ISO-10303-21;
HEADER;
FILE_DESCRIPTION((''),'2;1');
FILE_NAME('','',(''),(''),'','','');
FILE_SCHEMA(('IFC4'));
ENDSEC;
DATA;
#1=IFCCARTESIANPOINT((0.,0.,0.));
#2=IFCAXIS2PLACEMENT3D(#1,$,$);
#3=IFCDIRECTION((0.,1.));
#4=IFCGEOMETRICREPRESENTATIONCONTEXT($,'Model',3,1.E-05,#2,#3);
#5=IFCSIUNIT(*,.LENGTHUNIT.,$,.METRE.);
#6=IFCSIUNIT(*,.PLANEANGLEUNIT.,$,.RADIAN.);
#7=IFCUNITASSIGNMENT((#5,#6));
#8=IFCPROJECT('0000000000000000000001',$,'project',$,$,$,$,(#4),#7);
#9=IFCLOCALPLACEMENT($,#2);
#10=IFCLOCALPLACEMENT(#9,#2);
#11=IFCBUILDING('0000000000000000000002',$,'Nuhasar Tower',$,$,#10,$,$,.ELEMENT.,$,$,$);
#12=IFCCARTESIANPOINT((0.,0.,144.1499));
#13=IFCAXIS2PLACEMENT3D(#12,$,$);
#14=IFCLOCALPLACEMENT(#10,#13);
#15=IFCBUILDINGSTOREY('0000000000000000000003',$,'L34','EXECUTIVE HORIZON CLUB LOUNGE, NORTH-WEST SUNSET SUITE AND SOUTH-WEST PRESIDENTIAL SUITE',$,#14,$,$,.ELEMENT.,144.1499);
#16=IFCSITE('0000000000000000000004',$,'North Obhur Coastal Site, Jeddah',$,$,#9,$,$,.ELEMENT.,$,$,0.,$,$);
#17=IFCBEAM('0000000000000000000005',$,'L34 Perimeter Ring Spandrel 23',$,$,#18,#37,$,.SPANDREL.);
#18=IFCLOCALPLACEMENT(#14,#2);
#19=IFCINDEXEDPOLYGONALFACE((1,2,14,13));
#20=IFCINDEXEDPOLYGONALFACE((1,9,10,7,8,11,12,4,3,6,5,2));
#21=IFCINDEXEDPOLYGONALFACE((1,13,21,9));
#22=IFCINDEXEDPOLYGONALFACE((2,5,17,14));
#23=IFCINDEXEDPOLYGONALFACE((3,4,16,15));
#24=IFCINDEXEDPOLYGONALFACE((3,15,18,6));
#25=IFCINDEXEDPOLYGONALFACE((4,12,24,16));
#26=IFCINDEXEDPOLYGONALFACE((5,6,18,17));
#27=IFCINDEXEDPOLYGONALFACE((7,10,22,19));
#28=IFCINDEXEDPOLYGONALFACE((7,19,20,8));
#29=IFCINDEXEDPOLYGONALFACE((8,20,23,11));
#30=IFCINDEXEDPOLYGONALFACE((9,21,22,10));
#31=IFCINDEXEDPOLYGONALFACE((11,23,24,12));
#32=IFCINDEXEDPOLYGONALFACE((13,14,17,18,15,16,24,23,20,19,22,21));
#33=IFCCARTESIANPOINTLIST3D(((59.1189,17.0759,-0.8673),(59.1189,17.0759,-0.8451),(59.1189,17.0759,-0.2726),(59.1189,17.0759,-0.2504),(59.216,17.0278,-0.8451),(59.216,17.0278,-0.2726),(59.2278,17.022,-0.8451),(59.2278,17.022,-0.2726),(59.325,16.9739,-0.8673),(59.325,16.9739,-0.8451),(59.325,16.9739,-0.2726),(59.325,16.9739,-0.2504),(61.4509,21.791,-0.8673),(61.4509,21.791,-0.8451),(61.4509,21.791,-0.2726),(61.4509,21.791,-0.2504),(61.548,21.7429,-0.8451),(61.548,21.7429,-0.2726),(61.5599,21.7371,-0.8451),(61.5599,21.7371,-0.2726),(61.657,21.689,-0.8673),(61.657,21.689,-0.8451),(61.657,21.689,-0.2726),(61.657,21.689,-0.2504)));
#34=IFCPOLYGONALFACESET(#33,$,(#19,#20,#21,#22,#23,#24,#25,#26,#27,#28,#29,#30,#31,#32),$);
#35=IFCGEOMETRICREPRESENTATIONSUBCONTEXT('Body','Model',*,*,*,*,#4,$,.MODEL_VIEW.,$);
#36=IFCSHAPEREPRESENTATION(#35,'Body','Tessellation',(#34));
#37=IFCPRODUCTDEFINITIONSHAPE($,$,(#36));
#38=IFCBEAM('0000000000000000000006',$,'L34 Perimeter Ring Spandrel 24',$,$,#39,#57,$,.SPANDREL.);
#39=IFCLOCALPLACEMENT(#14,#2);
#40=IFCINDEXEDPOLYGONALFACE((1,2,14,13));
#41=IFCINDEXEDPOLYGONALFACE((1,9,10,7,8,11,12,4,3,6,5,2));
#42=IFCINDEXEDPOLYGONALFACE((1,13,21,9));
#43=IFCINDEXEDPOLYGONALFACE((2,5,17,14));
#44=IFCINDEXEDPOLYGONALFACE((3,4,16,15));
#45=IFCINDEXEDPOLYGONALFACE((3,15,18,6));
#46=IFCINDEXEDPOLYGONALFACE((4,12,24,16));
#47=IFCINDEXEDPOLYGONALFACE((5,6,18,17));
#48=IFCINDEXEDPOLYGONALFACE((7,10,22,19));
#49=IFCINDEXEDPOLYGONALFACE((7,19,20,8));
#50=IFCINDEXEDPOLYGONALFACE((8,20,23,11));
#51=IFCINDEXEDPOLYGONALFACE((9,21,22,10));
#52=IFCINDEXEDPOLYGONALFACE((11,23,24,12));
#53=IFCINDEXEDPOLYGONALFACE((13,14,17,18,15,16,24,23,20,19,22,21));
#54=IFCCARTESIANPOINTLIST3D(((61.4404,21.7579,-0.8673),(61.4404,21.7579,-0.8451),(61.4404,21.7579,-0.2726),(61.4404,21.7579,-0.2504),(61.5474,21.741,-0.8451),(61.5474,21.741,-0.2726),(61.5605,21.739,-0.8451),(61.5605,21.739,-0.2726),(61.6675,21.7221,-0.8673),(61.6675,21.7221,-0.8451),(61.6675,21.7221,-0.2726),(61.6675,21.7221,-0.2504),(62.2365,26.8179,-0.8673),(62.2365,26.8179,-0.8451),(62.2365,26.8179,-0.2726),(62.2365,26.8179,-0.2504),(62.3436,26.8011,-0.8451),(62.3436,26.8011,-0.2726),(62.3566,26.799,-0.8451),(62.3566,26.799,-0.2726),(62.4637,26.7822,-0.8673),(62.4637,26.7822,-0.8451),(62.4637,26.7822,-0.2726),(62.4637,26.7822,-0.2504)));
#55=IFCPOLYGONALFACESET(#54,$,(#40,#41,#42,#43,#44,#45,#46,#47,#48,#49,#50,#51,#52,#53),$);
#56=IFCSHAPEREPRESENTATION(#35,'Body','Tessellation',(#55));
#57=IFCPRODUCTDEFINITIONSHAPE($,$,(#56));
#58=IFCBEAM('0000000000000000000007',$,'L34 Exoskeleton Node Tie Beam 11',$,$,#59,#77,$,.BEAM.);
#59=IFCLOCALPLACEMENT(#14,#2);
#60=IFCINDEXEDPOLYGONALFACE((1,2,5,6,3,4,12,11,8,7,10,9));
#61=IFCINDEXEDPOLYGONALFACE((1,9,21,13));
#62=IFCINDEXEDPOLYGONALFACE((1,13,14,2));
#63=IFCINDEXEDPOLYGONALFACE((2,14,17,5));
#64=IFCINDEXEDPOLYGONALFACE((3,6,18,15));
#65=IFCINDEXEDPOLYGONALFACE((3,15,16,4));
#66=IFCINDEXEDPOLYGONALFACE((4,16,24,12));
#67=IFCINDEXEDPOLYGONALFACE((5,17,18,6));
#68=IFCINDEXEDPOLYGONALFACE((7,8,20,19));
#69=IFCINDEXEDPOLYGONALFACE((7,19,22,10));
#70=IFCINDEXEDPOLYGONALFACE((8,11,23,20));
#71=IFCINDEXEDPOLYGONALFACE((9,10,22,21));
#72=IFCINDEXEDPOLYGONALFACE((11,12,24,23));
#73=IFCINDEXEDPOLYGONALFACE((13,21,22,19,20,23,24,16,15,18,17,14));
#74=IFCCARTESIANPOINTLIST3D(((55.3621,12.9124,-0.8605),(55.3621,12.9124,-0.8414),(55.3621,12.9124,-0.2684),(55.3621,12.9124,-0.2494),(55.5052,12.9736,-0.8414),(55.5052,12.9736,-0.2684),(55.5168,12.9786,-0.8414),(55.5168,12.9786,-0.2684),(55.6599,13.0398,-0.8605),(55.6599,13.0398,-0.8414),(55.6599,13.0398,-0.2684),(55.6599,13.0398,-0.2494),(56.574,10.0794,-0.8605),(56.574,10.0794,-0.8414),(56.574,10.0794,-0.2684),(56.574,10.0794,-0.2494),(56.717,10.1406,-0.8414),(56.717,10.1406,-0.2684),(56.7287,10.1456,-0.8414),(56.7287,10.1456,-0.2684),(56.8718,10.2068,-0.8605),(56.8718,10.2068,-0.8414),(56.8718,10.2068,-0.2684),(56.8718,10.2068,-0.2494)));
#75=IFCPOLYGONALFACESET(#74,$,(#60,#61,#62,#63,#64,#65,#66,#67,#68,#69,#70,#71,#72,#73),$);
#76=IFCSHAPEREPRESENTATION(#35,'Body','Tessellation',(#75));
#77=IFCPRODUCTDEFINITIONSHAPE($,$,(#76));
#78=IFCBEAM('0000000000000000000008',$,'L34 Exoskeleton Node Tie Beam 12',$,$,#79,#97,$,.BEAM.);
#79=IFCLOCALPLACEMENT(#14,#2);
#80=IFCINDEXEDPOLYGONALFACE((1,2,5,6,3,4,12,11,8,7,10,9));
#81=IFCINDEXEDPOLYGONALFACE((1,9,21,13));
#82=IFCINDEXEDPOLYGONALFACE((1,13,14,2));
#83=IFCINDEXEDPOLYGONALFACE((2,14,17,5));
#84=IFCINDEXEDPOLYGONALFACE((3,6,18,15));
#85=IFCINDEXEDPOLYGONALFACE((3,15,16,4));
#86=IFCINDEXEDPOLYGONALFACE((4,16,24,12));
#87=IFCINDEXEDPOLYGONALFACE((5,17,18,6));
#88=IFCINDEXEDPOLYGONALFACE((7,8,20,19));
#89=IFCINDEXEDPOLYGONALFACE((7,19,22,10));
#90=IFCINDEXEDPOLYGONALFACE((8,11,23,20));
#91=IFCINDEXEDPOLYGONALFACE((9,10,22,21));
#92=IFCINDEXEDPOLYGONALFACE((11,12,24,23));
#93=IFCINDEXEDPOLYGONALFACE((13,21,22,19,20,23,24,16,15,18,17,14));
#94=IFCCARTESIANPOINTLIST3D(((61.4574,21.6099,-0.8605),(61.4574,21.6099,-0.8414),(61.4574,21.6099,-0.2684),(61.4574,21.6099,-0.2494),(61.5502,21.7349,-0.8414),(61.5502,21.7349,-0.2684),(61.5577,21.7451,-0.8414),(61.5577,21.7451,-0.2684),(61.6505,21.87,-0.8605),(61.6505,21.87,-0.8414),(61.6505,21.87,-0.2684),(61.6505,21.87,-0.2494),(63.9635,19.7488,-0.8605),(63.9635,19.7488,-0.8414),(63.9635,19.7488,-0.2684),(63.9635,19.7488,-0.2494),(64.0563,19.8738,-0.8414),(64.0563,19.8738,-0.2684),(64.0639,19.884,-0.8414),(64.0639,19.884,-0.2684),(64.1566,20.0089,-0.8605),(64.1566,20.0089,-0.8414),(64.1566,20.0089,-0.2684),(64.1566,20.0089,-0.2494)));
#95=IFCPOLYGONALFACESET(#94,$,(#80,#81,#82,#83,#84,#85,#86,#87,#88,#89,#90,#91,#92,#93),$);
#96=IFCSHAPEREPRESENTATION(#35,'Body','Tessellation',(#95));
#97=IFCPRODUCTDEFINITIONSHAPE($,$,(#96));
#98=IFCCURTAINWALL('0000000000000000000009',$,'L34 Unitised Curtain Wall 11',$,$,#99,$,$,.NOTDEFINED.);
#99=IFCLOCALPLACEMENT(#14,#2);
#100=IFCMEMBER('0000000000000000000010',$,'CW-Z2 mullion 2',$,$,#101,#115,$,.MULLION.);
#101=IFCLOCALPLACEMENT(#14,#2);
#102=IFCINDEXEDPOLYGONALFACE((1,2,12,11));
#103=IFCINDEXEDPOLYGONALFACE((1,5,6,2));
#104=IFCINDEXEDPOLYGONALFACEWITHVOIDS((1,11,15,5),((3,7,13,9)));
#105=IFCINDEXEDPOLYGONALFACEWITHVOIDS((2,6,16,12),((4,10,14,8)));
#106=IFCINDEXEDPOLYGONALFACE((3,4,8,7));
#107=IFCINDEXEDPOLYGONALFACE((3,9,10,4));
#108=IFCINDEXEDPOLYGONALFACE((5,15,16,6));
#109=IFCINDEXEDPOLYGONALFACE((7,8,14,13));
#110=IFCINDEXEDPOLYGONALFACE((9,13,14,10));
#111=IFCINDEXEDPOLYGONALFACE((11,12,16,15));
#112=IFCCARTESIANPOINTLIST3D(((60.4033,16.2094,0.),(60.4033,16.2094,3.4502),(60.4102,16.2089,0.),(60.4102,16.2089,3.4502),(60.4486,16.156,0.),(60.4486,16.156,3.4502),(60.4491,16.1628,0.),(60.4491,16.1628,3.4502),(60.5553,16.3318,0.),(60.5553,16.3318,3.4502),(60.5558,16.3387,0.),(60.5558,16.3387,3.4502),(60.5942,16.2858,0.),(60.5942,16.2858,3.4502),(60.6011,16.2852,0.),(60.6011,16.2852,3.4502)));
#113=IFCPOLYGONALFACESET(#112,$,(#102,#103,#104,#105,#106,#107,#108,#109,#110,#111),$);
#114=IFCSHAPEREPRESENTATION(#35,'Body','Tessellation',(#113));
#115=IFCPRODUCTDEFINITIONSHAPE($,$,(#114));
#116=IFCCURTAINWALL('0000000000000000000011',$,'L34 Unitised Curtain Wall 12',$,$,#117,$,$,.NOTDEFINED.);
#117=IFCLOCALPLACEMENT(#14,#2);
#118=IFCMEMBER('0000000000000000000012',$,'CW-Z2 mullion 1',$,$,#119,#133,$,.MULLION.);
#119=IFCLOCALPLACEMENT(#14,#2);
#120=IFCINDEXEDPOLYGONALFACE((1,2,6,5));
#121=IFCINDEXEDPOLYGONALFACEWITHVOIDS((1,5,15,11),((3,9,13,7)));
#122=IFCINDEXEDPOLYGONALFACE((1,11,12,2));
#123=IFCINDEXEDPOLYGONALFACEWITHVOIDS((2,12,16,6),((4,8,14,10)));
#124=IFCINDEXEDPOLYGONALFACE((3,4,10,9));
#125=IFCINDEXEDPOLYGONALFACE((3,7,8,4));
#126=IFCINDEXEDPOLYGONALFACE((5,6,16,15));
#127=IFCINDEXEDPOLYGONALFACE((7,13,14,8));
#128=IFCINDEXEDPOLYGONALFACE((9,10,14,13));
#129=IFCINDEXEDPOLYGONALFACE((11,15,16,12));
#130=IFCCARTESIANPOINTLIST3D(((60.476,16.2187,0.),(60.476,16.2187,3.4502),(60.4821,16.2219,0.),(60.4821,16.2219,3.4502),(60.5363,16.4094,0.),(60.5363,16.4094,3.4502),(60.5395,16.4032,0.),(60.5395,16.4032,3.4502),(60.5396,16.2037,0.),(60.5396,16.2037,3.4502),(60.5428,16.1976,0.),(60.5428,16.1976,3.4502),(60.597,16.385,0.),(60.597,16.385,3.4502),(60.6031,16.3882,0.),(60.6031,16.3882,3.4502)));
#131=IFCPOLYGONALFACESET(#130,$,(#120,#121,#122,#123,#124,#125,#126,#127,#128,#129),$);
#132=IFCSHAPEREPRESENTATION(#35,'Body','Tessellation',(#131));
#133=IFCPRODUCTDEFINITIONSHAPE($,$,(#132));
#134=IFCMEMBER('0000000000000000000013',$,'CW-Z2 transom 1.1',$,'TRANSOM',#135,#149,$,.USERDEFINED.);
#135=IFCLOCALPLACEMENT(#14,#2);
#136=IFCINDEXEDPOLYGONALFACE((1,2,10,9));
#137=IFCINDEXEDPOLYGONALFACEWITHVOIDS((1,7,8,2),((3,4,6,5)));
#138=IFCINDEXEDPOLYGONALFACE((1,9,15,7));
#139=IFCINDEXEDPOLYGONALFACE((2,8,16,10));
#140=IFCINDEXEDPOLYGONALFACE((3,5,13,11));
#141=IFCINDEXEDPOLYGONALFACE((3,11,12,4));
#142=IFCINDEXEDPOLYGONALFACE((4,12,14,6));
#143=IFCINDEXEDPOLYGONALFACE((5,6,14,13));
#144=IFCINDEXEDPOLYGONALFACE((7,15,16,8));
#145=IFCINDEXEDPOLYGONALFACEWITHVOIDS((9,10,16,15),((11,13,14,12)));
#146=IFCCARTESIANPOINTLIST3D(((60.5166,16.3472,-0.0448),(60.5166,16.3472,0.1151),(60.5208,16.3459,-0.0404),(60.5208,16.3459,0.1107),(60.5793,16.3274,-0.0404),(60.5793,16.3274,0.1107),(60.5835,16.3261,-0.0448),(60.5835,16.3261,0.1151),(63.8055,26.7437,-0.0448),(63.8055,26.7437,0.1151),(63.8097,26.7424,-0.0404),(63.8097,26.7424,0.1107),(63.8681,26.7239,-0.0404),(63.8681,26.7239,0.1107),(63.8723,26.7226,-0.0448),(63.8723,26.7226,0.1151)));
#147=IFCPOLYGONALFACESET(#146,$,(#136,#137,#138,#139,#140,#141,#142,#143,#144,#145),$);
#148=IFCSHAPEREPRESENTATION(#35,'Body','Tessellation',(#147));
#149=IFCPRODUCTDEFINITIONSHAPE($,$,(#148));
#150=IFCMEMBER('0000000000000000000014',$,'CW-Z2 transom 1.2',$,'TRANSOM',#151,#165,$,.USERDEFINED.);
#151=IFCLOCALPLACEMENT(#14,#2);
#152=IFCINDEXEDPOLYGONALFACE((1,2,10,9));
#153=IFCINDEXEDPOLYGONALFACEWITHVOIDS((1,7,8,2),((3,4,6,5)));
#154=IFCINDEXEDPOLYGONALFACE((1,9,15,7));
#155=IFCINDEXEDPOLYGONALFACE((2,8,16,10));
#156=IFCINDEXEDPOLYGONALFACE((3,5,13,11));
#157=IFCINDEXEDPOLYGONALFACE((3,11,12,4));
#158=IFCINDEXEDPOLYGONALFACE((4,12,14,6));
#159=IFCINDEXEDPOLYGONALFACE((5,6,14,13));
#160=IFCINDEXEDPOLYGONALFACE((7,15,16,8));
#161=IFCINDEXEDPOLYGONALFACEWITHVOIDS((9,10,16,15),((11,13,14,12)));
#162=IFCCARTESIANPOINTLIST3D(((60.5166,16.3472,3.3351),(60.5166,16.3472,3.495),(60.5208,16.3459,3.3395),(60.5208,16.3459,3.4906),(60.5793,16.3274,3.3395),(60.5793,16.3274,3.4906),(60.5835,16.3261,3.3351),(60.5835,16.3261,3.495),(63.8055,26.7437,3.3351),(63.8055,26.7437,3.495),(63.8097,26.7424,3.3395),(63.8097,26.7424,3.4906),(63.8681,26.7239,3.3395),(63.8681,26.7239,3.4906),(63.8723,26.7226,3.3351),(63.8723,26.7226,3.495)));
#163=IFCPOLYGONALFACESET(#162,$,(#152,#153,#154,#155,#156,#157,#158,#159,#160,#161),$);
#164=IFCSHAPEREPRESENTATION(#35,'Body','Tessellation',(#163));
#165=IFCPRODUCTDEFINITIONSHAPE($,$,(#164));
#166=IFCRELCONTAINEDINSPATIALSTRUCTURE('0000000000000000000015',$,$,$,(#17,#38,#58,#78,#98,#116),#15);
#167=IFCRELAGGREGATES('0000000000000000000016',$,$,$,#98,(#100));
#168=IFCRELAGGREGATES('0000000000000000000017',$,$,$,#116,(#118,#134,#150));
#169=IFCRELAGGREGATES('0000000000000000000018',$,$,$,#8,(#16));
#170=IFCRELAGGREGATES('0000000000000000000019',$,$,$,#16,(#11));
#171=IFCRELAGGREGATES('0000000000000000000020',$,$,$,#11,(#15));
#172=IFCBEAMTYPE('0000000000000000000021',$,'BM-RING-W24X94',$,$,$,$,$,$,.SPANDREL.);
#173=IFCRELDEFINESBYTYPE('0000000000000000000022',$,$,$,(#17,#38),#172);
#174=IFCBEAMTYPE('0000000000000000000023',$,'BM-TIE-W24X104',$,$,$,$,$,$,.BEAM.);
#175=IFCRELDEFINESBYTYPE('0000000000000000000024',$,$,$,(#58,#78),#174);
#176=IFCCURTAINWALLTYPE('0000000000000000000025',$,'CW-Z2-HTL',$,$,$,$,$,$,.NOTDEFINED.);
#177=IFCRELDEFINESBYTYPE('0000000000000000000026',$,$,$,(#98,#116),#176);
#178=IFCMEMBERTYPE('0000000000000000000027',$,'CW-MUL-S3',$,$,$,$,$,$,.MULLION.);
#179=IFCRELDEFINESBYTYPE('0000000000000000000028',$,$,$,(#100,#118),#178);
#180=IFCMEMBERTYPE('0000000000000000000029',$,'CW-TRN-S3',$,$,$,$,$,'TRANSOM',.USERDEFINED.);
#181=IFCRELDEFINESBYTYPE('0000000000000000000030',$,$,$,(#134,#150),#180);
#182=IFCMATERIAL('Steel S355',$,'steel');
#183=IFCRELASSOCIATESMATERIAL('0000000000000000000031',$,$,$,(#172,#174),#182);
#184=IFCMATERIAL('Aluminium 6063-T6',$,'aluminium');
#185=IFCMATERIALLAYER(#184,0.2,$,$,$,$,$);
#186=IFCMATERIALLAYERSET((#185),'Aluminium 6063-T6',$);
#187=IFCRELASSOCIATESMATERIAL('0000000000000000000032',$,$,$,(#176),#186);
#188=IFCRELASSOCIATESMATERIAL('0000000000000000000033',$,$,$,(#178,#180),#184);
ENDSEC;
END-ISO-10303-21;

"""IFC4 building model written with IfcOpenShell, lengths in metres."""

from ifc_helpers import new_model, si_unit, direction, frame, origin, origin_2d, place, context, subcontext, project, spatial, hollow_rectangle, i_section, extrude, material, layer, layer_set, material_profile, profile_set, type_object, element, aggregate, save


model = new_model("IFC4")

# Units and contexts
model_context = context("Model", 3, precision=1e-05, world=origin(), true_north=direction((0.0, 1.0)))
body_context = subcontext(model_context, "Body", "Model", "MODEL_VIEW")
ifc_project = project(units=[si_unit("LENGTHUNIT", "METRE"), si_unit("PLANEANGLEUNIT", "RADIAN")], contexts=[model_context])

# Site, building, storey
site_placement = place(None, origin())
site = spatial("IfcSite", under=ifc_project, at=site_placement, Name="North Obhur Coastal Site, Jeddah", CompositionType="ELEMENT", RefElevation=0.0)
building_placement = place(site_placement, origin())
building = spatial("IfcBuilding", under=site, at=building_placement, Name="Nuhasar Tower", CompositionType="ELEMENT")
storey_placement = place(building_placement, frame((0.0, 0.0, 144.1499)))
storey = spatial("IfcBuildingStorey", under=building, at=storey_placement, Name="L34", Description="EXECUTIVE HORIZON CLUB LOUNGE, NORTH-WEST SUNSET SUITE AND SOUTH-WEST PRESIDENTIAL SUITE", CompositionType="ELEMENT", Elevation=144.1499)

# Beams
ifc_material_1 = material(Name="Steel S355", Category="steel")
ifc_material_profile_1 = material_profile(ifc_material_1, i_section(OverallWidth=0.23, OverallDepth=0.6169, WebThickness=0.0132, FlangeThickness=0.0222, at=origin_2d()), Name="W24X94")
ifc_profile_set_1 = profile_set([ifc_material_profile_1], Name="Steel S355")
beam_type_1 = type_object("IfcBeamType", Name="BM-RING-W24X94", PredefinedType="SPANDREL", material=ifc_profile_set_1)
beam_1_placement = place(storey_placement, frame((59.2219, 17.0249, -0.5588), z_axis=(0.443329, 0.896359, 0.0), x_axis=(-0.896359, 0.443329, 0.0)))
element("IfcBeam", 1, at=beam_1_placement, inside=storey, type_object=beam_type_1, Name="L34 Perimeter Ring Spandrel 23", PredefinedType="SPANDREL", context=body_context, shape_type="SweptSolid", body=[
    extrude(i_section(OverallWidth=0.23, OverallDepth=0.6169, WebThickness=0.0132, FlangeThickness=0.0222, at=origin_2d()), origin(), (0.0, 0.0, 1.0), 5.2603),
])
beam_2_placement = place(storey_placement, frame((61.554, 21.74, -0.5588), z_axis=(0.155427, 0.987847, 0.0), x_axis=(-0.987847, 0.155427, 0.0)))
element("IfcBeam", 2, at=beam_2_placement, inside=storey, type_object=beam_type_1, Name="L34 Perimeter Ring Spandrel 24", PredefinedType="SPANDREL", context=body_context, shape_type="SweptSolid", body=[
    extrude(i_section(OverallWidth=0.23, OverallDepth=0.6169, WebThickness=0.0132, FlangeThickness=0.0222, at=origin_2d()), origin(), (0.0, 0.0, 1.0), 5.1223),
])
ifc_material_profile_2 = material_profile(ifc_material_1, i_section(OverallWidth=0.324, OverallDepth=0.6111, WebThickness=0.0127, FlangeThickness=0.019, at=origin_2d()), Name="W24X104")
ifc_profile_set_2 = profile_set([ifc_material_profile_2], Name="Steel S355")
beam_type_2 = type_object("IfcBeamType", Name="BM-TIE-W24X104", PredefinedType="BEAM", material=ifc_profile_set_2)
beam_3_placement = place(storey_placement, frame((55.511, 12.9761, -0.5549), z_axis=(0.393307, -0.919407, 0.0), x_axis=(0.919407, 0.393307, 0.0)))
element("IfcBeam", 3, at=beam_3_placement, inside=storey, type_object=beam_type_2, Name="L34 Exoskeleton Node Tie Beam 11", PredefinedType="BEAM", context=body_context, shape_type="SweptSolid", body=[
    extrude(i_section(OverallWidth=0.324, OverallDepth=0.6111, WebThickness=0.0127, FlangeThickness=0.019, at=origin_2d()), origin(), (0.0, 0.0, 1.0), 3.0813),
])
beam_4_placement = place(storey_placement, frame((61.554, 21.74, -0.5549), z_axis=(0.802835, -0.596202, 0.0), x_axis=(0.596202, 0.802835, 0.0)))
element("IfcBeam", 4, at=beam_4_placement, inside=storey, type_object=beam_type_2, Name="L34 Exoskeleton Node Tie Beam 12", PredefinedType="BEAM", context=body_context, shape_type="SweptSolid", body=[
    extrude(i_section(OverallWidth=0.324, OverallDepth=0.6111, WebThickness=0.0127, FlangeThickness=0.019, at=origin_2d()), origin(), (0.0, 0.0, 1.0), 3.1216),
])

# Curtain wall, member
ifc_material_2 = material(Name="Aluminium 6063-T6", Category="aluminium")
ifc_layer_1 = layer(ifc_material_2, 0.2)
ifc_layer_set_1 = layer_set([ifc_layer_1], Name="Aluminium 6063-T6")
curtain_wall_type = type_object("IfcCurtainWallType", Name="CW-Z2-HTL", PredefinedType="NOTDEFINED", material=ifc_layer_set_1)
curtain_wall_1_placement = place(storey_placement, origin())
curtain_wall_1 = element("IfcCurtainWall", 5, at=curtain_wall_1_placement, inside=storey, type_object=curtain_wall_type, Name="L34 Unitised Curtain Wall 11", PredefinedType="NOTDEFINED")
ifc_material_profile_3 = material_profile(ifc_material_2, hollow_rectangle(XDim=0.0701, YDim=0.2, WallThickness=0.0049, at=origin_2d()), Name="CWM-3")
ifc_profile_set_3 = profile_set([ifc_material_profile_3], Name="Aluminium 6063-T6")
member_type_1 = type_object("IfcMemberType", Name="CW-MUL-S3", PredefinedType="MULLION", material=ifc_profile_set_3)
member_1_placement = place(storey_placement, frame((60.5022, 16.2473, 0.0), z_axis=(0.0, 0.0, 1.0), x_axis=(-0.646374, 0.76302, 0.0)))
member_1 = element("IfcMember", 6, at=member_1_placement, type_object=member_type_1, Name="CW-Z2 mullion 2", PredefinedType="MULLION", context=body_context, shape_type="SweptSolid", body=[
    extrude(hollow_rectangle(XDim=0.0701, YDim=0.2, WallThickness=0.0049, at=origin_2d()), origin(), (0.0, 0.0, 1.0), 3.4502),
])

# Curtain wall, members
curtain_wall_2_placement = place(storey_placement, origin())
curtain_wall_2 = element("IfcCurtainWall", 7, at=curtain_wall_2_placement, inside=storey, type_object=curtain_wall_type, Name="L34 Unitised Curtain Wall 12", PredefinedType="NOTDEFINED")
member_2_placement = place(storey_placement, frame((60.5396, 16.3035, 0.0), z_axis=(0.0, 0.0, 1.0), x_axis=(-0.953433, 0.301604, 0.0)))
member_2 = element("IfcMember", 8, at=member_2_placement, type_object=member_type_1, Name="CW-Z2 mullion 1", PredefinedType="MULLION", context=body_context, shape_type="SweptSolid", body=[
    extrude(hollow_rectangle(XDim=0.0701, YDim=0.2, WallThickness=0.0049, at=origin_2d()), origin(), (0.0, 0.0, 1.0), 3.4502),
])
ifc_material_profile_4 = material_profile(ifc_material_2, hollow_rectangle(XDim=0.0701, YDim=0.1599, WallThickness=0.0044, at=origin_2d()), Name="CWT-3")
ifc_profile_set_4 = profile_set([ifc_material_profile_4], Name="Aluminium 6063-T6")
member_type_2 = type_object("IfcMemberType", Name="CW-TRN-S3", ElementType="TRANSOM", PredefinedType="USERDEFINED", material=ifc_profile_set_4)
member_3_placement = place(storey_placement, frame((60.55, 16.3367, 0.0352), z_axis=(0.301608, 0.953432, 0.0), x_axis=(-0.953432, 0.301608, 0.0)))
member_3 = element("IfcMember", 9, at=member_3_placement, type_object=member_type_2, Name="CW-Z2 transom 1.1", ObjectType="TRANSOM", PredefinedType="USERDEFINED", context=body_context, shape_type="SweptSolid", body=[
    extrude(hollow_rectangle(XDim=0.0701, YDim=0.1599, WallThickness=0.0044, at=origin_2d()), origin(), (0.0, 0.0, 1.0), 10.9043),
])
member_4_placement = place(storey_placement, frame((60.55, 16.3367, 3.415), z_axis=(0.301608, 0.953432, 0.0), x_axis=(-0.953432, 0.301608, 0.0)))
member_4 = element("IfcMember", 10, at=member_4_placement, type_object=member_type_2, Name="CW-Z2 transom 1.2", ObjectType="TRANSOM", PredefinedType="USERDEFINED", context=body_context, shape_type="SweptSolid", body=[
    extrude(hollow_rectangle(XDim=0.0701, YDim=0.1599, WallThickness=0.0044, at=origin_2d()), origin(), (0.0, 0.0, 1.0), 10.9043),
])

aggregate(curtain_wall_1, [member_1])
aggregate(curtain_wall_2, [member_2, member_3, member_4])

save(model, "model.ifc")
